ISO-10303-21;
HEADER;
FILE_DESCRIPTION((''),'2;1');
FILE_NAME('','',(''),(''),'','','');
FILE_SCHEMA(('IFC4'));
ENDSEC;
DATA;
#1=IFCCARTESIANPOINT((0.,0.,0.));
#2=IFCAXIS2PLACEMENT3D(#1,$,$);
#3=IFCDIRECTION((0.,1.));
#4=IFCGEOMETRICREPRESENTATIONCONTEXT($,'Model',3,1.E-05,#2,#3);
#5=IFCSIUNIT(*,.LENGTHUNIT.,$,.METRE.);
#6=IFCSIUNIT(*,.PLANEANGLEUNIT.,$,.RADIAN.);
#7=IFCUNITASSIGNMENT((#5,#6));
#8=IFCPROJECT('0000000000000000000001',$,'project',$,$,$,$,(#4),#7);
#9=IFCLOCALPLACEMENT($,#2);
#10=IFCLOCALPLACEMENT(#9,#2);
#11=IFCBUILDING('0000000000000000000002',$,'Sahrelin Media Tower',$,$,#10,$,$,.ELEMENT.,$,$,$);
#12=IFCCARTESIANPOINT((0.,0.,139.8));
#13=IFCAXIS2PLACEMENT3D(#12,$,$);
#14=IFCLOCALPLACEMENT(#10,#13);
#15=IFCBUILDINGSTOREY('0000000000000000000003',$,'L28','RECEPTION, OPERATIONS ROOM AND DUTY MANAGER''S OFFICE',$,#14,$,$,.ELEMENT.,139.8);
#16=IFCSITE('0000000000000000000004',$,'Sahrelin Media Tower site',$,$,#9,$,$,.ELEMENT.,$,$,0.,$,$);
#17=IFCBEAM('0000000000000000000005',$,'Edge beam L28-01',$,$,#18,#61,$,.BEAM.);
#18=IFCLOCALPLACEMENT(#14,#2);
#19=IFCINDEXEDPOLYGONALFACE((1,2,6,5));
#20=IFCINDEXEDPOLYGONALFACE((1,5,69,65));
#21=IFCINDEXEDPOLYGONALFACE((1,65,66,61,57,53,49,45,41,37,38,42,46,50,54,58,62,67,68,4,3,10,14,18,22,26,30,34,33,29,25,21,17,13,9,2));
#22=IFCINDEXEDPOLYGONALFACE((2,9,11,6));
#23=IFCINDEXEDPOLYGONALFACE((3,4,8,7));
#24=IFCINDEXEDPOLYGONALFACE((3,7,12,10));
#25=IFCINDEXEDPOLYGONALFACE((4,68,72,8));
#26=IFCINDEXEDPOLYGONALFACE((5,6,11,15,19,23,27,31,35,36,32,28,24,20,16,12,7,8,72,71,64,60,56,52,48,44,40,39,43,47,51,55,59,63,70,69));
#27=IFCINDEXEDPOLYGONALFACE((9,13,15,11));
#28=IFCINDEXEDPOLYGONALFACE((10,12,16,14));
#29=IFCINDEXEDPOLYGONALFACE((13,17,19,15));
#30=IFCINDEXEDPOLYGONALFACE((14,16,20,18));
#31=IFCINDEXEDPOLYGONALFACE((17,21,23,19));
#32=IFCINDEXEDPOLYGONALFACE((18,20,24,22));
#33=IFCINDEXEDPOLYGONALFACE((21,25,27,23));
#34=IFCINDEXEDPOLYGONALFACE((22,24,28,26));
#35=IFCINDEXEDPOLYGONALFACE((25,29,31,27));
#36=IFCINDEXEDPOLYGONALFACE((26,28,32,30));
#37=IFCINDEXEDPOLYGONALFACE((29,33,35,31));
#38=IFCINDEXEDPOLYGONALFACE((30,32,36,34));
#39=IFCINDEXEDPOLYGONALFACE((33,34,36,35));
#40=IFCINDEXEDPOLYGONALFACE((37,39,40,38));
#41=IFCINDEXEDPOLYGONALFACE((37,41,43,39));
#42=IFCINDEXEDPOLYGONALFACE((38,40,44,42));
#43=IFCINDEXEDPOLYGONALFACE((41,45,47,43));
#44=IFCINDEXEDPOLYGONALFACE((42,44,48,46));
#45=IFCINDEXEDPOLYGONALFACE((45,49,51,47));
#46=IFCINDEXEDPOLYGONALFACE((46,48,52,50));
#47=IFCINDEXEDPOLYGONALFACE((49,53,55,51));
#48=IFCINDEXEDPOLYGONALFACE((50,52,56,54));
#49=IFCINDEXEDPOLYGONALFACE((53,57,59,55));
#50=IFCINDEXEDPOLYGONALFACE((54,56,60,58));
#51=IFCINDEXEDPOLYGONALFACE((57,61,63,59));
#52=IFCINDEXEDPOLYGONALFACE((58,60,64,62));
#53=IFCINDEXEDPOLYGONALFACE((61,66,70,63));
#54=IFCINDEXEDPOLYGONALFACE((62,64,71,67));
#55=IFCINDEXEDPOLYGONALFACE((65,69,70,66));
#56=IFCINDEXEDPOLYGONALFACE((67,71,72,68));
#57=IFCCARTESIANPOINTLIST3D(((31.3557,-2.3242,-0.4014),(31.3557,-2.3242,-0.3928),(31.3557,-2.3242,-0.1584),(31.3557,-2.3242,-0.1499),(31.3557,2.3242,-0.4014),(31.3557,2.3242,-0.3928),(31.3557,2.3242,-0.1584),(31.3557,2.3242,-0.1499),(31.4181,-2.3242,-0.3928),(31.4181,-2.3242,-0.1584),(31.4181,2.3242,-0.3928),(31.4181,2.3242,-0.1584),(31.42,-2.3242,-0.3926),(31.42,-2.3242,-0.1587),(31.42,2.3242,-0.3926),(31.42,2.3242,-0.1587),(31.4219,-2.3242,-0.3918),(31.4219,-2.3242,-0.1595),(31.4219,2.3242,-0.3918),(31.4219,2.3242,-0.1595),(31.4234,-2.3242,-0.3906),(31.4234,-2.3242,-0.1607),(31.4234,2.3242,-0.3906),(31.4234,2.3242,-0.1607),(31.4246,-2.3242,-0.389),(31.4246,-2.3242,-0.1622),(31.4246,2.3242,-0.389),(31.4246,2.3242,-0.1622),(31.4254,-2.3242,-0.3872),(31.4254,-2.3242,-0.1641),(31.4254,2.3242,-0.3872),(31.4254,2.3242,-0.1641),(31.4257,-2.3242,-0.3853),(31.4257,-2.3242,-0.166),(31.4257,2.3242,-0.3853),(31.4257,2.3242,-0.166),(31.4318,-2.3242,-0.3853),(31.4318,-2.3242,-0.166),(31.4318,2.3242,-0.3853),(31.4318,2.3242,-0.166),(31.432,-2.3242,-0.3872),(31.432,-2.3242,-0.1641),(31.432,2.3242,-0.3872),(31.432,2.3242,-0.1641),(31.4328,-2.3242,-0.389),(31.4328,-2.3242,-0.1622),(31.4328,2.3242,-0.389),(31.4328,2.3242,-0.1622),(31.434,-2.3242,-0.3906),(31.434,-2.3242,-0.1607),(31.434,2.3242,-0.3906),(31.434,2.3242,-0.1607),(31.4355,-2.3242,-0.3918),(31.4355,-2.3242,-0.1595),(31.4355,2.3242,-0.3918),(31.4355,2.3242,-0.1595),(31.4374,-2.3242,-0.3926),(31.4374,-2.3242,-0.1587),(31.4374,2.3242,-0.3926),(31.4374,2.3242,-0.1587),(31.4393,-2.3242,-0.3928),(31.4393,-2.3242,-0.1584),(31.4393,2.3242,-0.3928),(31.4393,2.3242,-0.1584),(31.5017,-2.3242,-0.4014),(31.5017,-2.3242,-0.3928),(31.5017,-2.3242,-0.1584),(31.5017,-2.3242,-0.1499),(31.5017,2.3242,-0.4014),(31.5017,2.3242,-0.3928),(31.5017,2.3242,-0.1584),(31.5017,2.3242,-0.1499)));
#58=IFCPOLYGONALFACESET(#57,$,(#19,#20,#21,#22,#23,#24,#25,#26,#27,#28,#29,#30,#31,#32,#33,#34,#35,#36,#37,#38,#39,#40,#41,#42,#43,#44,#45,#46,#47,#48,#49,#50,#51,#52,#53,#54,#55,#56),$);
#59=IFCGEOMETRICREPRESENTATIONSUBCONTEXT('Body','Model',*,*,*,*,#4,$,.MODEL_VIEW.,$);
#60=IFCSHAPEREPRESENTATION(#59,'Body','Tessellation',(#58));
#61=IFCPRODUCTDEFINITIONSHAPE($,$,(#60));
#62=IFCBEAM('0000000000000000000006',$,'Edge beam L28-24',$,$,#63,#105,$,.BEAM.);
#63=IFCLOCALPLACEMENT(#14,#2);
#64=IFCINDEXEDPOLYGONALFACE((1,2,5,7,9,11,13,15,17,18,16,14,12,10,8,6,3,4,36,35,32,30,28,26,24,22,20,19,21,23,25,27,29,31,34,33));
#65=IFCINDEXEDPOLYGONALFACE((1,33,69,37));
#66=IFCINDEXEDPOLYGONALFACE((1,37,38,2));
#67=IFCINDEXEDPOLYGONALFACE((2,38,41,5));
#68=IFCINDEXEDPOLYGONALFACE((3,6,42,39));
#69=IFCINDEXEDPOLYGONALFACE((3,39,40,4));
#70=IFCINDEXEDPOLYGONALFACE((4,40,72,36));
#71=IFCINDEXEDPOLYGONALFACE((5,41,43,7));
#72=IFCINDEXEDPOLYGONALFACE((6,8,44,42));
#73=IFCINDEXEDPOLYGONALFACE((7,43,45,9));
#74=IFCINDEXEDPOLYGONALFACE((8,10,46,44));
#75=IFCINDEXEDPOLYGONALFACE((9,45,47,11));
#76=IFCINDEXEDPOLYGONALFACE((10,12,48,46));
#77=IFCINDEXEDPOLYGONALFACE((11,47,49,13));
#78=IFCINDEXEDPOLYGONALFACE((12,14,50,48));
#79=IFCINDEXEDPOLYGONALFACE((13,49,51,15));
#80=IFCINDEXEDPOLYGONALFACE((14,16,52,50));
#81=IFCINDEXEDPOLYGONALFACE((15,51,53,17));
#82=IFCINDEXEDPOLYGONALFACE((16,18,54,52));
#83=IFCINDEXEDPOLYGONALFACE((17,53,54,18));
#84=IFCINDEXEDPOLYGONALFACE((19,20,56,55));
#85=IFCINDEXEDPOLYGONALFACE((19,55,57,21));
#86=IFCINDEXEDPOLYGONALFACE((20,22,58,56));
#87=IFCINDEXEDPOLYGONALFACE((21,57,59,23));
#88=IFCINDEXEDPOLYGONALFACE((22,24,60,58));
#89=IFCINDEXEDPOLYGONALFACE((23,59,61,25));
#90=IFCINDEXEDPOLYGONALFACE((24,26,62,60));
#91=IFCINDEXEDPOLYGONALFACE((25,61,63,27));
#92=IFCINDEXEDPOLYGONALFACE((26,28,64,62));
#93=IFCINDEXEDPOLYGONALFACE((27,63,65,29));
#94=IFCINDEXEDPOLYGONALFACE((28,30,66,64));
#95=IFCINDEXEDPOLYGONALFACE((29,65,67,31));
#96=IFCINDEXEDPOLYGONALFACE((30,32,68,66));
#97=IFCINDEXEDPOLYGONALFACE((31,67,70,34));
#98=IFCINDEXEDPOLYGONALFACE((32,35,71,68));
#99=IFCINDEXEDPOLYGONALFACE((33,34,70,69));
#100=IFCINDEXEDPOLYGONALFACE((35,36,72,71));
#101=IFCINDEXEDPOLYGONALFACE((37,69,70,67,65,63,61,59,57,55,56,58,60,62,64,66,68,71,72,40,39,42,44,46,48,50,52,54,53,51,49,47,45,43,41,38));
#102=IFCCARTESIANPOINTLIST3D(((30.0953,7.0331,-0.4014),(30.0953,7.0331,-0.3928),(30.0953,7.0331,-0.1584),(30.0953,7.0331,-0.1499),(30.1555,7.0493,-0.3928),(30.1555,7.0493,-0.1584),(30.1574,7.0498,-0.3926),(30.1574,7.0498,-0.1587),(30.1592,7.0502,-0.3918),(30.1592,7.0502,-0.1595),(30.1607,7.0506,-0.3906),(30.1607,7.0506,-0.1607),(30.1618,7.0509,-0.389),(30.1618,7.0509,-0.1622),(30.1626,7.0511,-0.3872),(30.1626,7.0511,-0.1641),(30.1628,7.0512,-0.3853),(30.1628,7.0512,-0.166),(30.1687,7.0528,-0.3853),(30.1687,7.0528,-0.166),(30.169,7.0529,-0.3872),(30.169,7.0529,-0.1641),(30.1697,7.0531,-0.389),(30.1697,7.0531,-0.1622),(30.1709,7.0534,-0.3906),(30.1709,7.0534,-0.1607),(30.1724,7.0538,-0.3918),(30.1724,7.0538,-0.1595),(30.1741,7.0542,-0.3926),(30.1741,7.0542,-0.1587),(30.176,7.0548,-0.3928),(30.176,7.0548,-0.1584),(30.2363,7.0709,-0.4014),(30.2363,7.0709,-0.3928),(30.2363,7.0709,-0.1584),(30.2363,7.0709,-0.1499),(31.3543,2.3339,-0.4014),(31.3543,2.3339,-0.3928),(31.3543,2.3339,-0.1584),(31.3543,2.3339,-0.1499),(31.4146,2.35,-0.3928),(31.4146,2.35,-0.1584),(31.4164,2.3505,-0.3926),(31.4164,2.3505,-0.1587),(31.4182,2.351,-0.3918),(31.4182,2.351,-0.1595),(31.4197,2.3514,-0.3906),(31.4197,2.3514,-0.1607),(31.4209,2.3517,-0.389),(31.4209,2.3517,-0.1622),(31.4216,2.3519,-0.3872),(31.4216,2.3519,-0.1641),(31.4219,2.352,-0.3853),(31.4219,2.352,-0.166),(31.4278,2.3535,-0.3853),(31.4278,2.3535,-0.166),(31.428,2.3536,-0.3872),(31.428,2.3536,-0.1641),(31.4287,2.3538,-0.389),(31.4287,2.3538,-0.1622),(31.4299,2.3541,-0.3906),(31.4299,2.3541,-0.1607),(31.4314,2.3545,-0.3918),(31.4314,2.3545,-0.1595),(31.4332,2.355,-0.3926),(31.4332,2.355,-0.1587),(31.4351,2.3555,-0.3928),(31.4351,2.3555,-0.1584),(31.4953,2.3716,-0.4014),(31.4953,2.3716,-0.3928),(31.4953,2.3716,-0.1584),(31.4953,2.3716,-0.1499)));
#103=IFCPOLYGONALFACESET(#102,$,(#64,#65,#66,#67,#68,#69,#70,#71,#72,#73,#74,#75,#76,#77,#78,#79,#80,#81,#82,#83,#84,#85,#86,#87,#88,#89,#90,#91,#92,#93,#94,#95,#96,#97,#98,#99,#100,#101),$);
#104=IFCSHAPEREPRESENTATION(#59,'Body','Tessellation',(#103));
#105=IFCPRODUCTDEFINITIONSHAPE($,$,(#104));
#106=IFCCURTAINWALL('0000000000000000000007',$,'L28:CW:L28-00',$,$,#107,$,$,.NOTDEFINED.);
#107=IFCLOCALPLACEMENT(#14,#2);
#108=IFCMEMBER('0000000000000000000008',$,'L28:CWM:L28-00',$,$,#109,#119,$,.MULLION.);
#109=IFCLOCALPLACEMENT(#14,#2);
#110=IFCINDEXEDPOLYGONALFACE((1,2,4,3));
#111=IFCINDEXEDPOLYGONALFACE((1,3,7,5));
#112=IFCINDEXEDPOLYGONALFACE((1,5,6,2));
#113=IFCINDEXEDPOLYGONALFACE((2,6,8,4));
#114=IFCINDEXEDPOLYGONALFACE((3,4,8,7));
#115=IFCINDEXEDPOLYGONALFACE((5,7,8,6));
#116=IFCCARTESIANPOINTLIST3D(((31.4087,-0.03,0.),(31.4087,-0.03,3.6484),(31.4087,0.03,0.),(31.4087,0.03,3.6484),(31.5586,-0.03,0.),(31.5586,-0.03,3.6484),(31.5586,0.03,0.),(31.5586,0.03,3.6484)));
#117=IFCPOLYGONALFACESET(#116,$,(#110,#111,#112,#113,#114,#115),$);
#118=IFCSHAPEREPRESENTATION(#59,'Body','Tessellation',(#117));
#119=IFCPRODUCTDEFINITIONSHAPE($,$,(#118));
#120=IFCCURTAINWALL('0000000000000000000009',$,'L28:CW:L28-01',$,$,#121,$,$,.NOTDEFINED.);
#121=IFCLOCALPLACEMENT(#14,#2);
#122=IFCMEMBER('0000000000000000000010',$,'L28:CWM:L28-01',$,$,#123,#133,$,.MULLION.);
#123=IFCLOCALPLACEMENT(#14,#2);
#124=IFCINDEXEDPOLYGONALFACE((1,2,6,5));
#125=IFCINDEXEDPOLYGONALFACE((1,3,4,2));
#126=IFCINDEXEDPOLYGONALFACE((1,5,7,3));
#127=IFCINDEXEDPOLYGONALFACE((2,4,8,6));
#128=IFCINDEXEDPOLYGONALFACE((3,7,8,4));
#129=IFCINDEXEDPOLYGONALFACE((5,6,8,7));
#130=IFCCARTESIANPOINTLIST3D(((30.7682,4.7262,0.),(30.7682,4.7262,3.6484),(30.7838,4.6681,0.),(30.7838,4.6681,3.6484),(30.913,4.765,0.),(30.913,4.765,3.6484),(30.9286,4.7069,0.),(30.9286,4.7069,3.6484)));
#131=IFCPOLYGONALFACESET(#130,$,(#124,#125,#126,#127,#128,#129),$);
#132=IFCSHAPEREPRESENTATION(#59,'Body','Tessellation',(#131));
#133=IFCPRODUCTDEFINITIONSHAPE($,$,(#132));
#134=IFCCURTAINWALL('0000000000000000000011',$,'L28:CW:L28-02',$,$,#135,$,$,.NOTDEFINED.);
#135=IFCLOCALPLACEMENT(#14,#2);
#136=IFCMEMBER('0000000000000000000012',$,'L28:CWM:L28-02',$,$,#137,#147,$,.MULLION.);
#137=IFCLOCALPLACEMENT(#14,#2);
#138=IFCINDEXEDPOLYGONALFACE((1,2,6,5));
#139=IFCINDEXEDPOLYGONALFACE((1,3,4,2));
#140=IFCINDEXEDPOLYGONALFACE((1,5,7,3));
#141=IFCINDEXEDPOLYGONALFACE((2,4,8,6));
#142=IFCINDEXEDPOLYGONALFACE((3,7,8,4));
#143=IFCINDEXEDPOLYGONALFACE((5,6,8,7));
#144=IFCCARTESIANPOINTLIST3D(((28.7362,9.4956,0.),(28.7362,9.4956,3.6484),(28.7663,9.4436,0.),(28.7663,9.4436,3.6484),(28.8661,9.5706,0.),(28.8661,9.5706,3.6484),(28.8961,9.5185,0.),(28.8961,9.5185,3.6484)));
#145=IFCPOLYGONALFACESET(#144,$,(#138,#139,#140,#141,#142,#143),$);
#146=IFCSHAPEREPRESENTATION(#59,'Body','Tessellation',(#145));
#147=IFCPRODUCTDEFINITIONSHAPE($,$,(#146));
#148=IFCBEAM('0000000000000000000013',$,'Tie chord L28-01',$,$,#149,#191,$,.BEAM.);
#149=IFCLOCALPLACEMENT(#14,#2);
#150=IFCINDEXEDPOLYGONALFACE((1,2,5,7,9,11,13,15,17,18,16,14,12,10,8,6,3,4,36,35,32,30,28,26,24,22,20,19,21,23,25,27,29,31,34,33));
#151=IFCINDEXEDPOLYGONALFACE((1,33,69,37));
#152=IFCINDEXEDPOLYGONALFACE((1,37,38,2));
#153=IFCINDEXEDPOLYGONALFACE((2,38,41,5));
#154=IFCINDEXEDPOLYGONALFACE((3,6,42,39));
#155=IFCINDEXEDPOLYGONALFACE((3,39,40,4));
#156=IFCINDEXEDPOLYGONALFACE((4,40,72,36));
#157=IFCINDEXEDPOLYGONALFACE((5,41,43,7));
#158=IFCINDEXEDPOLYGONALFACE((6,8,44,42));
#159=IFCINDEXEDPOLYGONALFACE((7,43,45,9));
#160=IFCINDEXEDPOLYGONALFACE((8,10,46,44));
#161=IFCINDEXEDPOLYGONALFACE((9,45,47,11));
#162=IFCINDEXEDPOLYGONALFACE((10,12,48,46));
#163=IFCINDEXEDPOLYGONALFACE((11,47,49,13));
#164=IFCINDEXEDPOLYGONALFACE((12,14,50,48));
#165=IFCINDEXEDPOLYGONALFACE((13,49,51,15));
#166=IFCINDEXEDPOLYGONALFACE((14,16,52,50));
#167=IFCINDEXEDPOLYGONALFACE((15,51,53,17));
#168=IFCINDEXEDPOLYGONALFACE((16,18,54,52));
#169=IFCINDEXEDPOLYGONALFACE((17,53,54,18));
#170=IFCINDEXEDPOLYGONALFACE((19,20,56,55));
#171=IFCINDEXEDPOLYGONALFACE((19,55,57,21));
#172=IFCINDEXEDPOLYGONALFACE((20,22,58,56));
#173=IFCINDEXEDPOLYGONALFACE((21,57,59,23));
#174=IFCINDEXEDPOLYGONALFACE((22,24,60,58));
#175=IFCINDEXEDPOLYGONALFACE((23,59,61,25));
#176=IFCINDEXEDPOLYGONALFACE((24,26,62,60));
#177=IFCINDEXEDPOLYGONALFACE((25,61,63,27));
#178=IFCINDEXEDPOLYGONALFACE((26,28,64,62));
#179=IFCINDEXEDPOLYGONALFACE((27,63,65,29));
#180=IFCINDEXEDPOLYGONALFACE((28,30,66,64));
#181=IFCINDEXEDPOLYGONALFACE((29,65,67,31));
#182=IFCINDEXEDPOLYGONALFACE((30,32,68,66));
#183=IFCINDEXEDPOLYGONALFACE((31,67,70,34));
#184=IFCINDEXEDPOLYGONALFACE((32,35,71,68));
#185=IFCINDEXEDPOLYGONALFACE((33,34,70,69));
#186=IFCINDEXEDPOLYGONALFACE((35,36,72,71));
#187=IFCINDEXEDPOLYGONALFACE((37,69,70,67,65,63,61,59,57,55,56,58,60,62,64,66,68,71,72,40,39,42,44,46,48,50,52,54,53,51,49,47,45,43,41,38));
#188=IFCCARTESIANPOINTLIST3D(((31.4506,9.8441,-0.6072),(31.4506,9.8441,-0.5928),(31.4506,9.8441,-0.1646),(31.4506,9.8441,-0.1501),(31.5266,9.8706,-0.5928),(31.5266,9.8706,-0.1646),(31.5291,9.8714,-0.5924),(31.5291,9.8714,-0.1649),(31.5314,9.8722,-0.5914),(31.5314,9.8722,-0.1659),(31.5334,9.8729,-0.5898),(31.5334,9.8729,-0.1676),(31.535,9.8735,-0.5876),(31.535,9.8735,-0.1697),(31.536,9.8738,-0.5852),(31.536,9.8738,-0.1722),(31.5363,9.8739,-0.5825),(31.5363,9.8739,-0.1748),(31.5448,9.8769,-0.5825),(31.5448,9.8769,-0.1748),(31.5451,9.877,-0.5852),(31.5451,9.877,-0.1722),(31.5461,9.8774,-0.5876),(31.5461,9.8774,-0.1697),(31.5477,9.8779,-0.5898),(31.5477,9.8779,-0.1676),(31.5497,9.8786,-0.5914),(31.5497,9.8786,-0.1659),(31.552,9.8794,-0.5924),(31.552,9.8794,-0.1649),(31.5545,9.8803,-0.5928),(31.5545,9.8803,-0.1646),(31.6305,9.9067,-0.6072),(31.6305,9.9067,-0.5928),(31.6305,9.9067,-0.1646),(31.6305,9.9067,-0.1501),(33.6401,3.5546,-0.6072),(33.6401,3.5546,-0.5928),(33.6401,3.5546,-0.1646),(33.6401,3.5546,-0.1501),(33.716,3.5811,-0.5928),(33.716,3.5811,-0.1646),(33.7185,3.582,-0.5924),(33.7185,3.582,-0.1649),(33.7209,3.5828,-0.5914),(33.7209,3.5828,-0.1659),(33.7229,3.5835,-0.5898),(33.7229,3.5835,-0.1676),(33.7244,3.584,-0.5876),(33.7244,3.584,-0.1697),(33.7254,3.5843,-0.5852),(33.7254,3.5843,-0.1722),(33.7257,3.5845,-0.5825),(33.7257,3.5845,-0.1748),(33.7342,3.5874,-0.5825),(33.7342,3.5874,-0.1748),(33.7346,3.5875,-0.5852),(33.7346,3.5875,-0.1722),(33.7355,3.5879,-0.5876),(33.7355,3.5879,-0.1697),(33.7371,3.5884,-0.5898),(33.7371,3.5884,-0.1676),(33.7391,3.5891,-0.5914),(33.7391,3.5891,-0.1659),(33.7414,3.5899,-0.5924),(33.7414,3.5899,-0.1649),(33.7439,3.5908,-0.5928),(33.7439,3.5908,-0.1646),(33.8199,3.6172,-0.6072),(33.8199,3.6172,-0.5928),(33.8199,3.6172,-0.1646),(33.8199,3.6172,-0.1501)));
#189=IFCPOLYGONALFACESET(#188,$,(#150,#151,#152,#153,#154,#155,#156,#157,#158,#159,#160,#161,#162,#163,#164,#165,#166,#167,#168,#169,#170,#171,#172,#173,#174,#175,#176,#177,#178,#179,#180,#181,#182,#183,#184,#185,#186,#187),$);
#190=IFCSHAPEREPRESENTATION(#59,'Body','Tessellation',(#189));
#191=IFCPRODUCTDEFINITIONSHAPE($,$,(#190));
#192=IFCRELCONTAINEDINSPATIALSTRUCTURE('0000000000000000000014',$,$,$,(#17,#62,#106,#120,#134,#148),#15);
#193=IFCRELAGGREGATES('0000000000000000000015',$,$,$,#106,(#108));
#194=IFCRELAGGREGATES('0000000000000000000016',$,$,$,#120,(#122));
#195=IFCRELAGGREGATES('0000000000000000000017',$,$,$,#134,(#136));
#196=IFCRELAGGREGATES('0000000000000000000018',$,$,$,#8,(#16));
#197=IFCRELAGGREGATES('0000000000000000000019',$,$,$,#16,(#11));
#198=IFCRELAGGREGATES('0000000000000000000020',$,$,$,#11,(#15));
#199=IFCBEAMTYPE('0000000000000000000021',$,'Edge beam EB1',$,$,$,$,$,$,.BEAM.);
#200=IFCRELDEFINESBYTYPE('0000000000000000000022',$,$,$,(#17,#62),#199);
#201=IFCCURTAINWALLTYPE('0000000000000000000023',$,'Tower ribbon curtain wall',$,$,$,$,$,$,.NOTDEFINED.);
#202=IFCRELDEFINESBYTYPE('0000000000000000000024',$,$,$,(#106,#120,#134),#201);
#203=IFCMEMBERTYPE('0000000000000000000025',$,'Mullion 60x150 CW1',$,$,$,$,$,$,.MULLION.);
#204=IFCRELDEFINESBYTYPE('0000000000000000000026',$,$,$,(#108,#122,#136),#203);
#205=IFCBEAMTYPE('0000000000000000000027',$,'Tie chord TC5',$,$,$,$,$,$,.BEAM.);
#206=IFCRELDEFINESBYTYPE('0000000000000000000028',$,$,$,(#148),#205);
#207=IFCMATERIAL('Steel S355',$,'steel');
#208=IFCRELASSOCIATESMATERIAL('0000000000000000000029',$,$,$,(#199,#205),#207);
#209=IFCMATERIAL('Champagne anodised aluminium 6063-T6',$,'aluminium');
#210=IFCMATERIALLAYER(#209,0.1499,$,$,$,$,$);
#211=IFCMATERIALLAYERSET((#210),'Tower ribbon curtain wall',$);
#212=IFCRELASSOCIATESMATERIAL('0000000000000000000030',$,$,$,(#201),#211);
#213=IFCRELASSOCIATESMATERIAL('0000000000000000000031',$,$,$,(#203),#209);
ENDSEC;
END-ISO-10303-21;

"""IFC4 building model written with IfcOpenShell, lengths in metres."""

from ifc_helpers import new_model, si_unit, direction, frame, origin, origin_2d, place, context, subcontext, project, spatial, rectangle, i_section, extrude, material, layer, layer_set, material_profile, profile_set, type_object, element, aggregate, save


model = new_model("IFC4")

# Units and contexts
model_context = context("Model", 3, precision=1e-05, world=origin(), true_north=direction((0.0, 1.0)))
body_context = subcontext(model_context, "Body", "Model", "MODEL_VIEW")
ifc_project = project(units=[si_unit("LENGTHUNIT", "METRE"), si_unit("PLANEANGLEUNIT", "RADIAN")], contexts=[model_context])

# Site, building, storey
site_placement = place(None, origin())
site = spatial("IfcSite", under=ifc_project, at=site_placement, Name="Sahrelin Media Tower site", CompositionType="ELEMENT", RefElevation=0.0)
building_placement = place(site_placement, origin())
building = spatial("IfcBuilding", under=site, at=building_placement, Name="Sahrelin Media Tower", CompositionType="ELEMENT")
storey_placement = place(building_placement, frame((0.0, 0.0, 139.8)))
storey = spatial("IfcBuildingStorey", under=building, at=storey_placement, Name="L28", Description="RECEPTION, OPERATIONS ROOM AND DUTY MANAGER'S OFFICE", CompositionType="ELEMENT", Elevation=139.8)

# Beams
ifc_material_1 = material(Name="Steel S355", Category="steel")
ifc_material_profile_1 = material_profile(ifc_material_1, i_section(OverallWidth=0.146, OverallDepth=0.2515, WebThickness=0.0061, FlangeThickness=0.0085, FilletRadius=0.0076, at=origin_2d()), Name="UB 254x146x31")
ifc_profile_set_1 = profile_set([ifc_material_profile_1], Name="Steel S355")
beam_type_1 = type_object("IfcBeamType", Name="Edge beam EB1", PredefinedType="BEAM", material=ifc_profile_set_1)
beam_1_placement = place(storey_placement, frame((31.4287, 2.3242, -0.2756), z_axis=(0.0, -1.0, 0.0), x_axis=(1.0, 0.0, 0.0)))
element("IfcBeam", 1, at=beam_1_placement, inside=storey, type_object=beam_type_1, Name="Edge beam L28-01", PredefinedType="BEAM", context=body_context, shape_type="SweptSolid", body=[
    extrude(i_section(OverallWidth=0.146, OverallDepth=0.2515, WebThickness=0.0061, FlangeThickness=0.0085, FilletRadius=0.0076, at=origin_2d()), origin(), (0.0, 0.0, 1.0), 4.6484),
])
beam_2_placement = place(storey_placement, frame((30.1658, 7.052, -0.2756), z_axis=(0.258796, -0.965932, 0.0), x_axis=(0.965932, 0.258796, 0.0)))
element("IfcBeam", 2, at=beam_2_placement, inside=storey, type_object=beam_type_1, Name="Edge beam L28-24", PredefinedType="BEAM", context=body_context, shape_type="SweptSolid", body=[
    extrude(i_section(OverallWidth=0.146, OverallDepth=0.2515, WebThickness=0.0061, FlangeThickness=0.0085, FilletRadius=0.0076, at=origin_2d()), origin(), (0.0, 0.0, 1.0), 4.865),
])

# Curtain walls, members
ifc_material_2 = material(Name="Champagne anodised aluminium 6063-T6", Category="aluminium")
ifc_layer_1 = layer(ifc_material_2, 0.1499)
ifc_layer_set_1 = layer_set([ifc_layer_1], Name="Tower ribbon curtain wall")
curtain_wall_type = type_object("IfcCurtainWallType", Name="Tower ribbon curtain wall", PredefinedType="NOTDEFINED", material=ifc_layer_set_1)
curtain_wall_1_placement = place(storey_placement, frame((31.5786, 0.0, 0.0), z_axis=(0.0, 0.0, 1.0), x_axis=(1.0, 0.0, 0.0)))
curtain_wall_1 = element("IfcCurtainWall", 3, at=curtain_wall_1_placement, inside=storey, type_object=curtain_wall_type, Name="L28:CW:L28-00", PredefinedType="NOTDEFINED")
ifc_material_profile_2 = material_profile(ifc_material_2, rectangle(XDim=0.0601, YDim=0.1499, at=origin_2d()), Name="Mullion 60x150")
ifc_profile_set_2 = profile_set([ifc_material_profile_2], Name="Champagne anodised aluminium 6063-T6")
member_type_1 = type_object("IfcMemberType", Name="Mullion 60x150 CW1", PredefinedType="MULLION", material=ifc_profile_set_2)
member_1_placement = place(storey_placement, frame((31.4836, 0.0, 0.0), z_axis=(0.0, 0.0, 1.0), x_axis=(0.0, 1.0, 0.0)))
member_1 = element("IfcMember", 4, at=member_1_placement, type_object=member_type_1, Name="L28:CWM:L28-00", PredefinedType="MULLION", context=body_context, shape_type="SweptSolid", body=[
    extrude(rectangle(XDim=0.0601, YDim=0.1499, at=origin_2d()), origin(), (0.0, 0.0, 1.0), 3.6484),
])
aggregate(curtain_wall_1, [member_1])
curtain_wall_2_placement = place(storey_placement, frame((30.9402, 4.7412, 0.0), z_axis=(0.0, 0.0, 1.0), x_axis=(1.0, 0.0, 0.0)))
curtain_wall_2 = element("IfcCurtainWall", 5, at=curtain_wall_2_placement, inside=storey, type_object=curtain_wall_type, Name="L28:CW:L28-01", PredefinedType="NOTDEFINED")
member_2_placement = place(storey_placement, frame((30.8484, 4.7166, 0.0), z_axis=(0.0, 0.0, 1.0), x_axis=(-0.258827, 0.965924, 0.0)))
member_2 = element("IfcMember", 6, at=member_2_placement, type_object=member_type_1, Name="L28:CWM:L28-01", PredefinedType="MULLION", context=body_context, shape_type="SweptSolid", body=[
    extrude(rectangle(XDim=0.0601, YDim=0.1499, at=origin_2d()), origin(), (0.0, 0.0, 1.0), 3.6484),
])
curtain_wall_3_placement = place(storey_placement, frame((28.8984, 9.5547, 0.0), z_axis=(0.0, 0.0, 1.0), x_axis=(1.0, 0.0, 0.0)))
curtain_wall_3 = element("IfcCurtainWall", 7, at=curtain_wall_3_placement, inside=storey, type_object=curtain_wall_type, Name="L28:CW:L28-02", PredefinedType="NOTDEFINED")
member_3_placement = place(storey_placement, frame((28.8162, 9.5071, 0.0), z_axis=(0.0, 0.0, 1.0), x_axis=(-0.499994, 0.866029, 0.0)))
member_3 = element("IfcMember", 8, at=member_3_placement, type_object=member_type_1, Name="L28:CWM:L28-02", PredefinedType="MULLION", context=body_context, shape_type="SweptSolid", body=[
    extrude(rectangle(XDim=0.0601, YDim=0.1499, at=origin_2d()), origin(), (0.0, 0.0, 1.0), 3.6484),
])

# Beam
ifc_material_profile_3 = material_profile(ifc_material_1, i_section(OverallWidth=0.1904, OverallDepth=0.457, WebThickness=0.009, FlangeThickness=0.0144, FilletRadius=0.0103, at=origin_2d()), Name="UB 457x191x74")
ifc_profile_set_3 = profile_set([ifc_material_profile_3], Name="Steel S355")
beam_type_2 = type_object("IfcBeamType", Name="Tie chord TC5", PredefinedType="BEAM", material=ifc_profile_set_3)
beam_3_placement = place(storey_placement, frame((33.73, 3.5859, -0.3787), z_axis=(-0.328759, 0.944414, 0.0), x_axis=(-0.944414, -0.328759, 0.0)))
element("IfcBeam", 9, at=beam_3_placement, inside=storey, type_object=beam_type_2, Name="Tie chord L28-01", PredefinedType="BEAM", context=body_context, shape_type="SweptSolid", body=[
    extrude(i_section(OverallWidth=0.1904, OverallDepth=0.457, WebThickness=0.009, FlangeThickness=0.0144, FilletRadius=0.0103, at=origin_2d()), origin(), (0.0, 0.0, 1.0), 6.6597),
])

aggregate(curtain_wall_2, [member_2])
aggregate(curtain_wall_3, [member_3])

save(model, "model.ifc")
